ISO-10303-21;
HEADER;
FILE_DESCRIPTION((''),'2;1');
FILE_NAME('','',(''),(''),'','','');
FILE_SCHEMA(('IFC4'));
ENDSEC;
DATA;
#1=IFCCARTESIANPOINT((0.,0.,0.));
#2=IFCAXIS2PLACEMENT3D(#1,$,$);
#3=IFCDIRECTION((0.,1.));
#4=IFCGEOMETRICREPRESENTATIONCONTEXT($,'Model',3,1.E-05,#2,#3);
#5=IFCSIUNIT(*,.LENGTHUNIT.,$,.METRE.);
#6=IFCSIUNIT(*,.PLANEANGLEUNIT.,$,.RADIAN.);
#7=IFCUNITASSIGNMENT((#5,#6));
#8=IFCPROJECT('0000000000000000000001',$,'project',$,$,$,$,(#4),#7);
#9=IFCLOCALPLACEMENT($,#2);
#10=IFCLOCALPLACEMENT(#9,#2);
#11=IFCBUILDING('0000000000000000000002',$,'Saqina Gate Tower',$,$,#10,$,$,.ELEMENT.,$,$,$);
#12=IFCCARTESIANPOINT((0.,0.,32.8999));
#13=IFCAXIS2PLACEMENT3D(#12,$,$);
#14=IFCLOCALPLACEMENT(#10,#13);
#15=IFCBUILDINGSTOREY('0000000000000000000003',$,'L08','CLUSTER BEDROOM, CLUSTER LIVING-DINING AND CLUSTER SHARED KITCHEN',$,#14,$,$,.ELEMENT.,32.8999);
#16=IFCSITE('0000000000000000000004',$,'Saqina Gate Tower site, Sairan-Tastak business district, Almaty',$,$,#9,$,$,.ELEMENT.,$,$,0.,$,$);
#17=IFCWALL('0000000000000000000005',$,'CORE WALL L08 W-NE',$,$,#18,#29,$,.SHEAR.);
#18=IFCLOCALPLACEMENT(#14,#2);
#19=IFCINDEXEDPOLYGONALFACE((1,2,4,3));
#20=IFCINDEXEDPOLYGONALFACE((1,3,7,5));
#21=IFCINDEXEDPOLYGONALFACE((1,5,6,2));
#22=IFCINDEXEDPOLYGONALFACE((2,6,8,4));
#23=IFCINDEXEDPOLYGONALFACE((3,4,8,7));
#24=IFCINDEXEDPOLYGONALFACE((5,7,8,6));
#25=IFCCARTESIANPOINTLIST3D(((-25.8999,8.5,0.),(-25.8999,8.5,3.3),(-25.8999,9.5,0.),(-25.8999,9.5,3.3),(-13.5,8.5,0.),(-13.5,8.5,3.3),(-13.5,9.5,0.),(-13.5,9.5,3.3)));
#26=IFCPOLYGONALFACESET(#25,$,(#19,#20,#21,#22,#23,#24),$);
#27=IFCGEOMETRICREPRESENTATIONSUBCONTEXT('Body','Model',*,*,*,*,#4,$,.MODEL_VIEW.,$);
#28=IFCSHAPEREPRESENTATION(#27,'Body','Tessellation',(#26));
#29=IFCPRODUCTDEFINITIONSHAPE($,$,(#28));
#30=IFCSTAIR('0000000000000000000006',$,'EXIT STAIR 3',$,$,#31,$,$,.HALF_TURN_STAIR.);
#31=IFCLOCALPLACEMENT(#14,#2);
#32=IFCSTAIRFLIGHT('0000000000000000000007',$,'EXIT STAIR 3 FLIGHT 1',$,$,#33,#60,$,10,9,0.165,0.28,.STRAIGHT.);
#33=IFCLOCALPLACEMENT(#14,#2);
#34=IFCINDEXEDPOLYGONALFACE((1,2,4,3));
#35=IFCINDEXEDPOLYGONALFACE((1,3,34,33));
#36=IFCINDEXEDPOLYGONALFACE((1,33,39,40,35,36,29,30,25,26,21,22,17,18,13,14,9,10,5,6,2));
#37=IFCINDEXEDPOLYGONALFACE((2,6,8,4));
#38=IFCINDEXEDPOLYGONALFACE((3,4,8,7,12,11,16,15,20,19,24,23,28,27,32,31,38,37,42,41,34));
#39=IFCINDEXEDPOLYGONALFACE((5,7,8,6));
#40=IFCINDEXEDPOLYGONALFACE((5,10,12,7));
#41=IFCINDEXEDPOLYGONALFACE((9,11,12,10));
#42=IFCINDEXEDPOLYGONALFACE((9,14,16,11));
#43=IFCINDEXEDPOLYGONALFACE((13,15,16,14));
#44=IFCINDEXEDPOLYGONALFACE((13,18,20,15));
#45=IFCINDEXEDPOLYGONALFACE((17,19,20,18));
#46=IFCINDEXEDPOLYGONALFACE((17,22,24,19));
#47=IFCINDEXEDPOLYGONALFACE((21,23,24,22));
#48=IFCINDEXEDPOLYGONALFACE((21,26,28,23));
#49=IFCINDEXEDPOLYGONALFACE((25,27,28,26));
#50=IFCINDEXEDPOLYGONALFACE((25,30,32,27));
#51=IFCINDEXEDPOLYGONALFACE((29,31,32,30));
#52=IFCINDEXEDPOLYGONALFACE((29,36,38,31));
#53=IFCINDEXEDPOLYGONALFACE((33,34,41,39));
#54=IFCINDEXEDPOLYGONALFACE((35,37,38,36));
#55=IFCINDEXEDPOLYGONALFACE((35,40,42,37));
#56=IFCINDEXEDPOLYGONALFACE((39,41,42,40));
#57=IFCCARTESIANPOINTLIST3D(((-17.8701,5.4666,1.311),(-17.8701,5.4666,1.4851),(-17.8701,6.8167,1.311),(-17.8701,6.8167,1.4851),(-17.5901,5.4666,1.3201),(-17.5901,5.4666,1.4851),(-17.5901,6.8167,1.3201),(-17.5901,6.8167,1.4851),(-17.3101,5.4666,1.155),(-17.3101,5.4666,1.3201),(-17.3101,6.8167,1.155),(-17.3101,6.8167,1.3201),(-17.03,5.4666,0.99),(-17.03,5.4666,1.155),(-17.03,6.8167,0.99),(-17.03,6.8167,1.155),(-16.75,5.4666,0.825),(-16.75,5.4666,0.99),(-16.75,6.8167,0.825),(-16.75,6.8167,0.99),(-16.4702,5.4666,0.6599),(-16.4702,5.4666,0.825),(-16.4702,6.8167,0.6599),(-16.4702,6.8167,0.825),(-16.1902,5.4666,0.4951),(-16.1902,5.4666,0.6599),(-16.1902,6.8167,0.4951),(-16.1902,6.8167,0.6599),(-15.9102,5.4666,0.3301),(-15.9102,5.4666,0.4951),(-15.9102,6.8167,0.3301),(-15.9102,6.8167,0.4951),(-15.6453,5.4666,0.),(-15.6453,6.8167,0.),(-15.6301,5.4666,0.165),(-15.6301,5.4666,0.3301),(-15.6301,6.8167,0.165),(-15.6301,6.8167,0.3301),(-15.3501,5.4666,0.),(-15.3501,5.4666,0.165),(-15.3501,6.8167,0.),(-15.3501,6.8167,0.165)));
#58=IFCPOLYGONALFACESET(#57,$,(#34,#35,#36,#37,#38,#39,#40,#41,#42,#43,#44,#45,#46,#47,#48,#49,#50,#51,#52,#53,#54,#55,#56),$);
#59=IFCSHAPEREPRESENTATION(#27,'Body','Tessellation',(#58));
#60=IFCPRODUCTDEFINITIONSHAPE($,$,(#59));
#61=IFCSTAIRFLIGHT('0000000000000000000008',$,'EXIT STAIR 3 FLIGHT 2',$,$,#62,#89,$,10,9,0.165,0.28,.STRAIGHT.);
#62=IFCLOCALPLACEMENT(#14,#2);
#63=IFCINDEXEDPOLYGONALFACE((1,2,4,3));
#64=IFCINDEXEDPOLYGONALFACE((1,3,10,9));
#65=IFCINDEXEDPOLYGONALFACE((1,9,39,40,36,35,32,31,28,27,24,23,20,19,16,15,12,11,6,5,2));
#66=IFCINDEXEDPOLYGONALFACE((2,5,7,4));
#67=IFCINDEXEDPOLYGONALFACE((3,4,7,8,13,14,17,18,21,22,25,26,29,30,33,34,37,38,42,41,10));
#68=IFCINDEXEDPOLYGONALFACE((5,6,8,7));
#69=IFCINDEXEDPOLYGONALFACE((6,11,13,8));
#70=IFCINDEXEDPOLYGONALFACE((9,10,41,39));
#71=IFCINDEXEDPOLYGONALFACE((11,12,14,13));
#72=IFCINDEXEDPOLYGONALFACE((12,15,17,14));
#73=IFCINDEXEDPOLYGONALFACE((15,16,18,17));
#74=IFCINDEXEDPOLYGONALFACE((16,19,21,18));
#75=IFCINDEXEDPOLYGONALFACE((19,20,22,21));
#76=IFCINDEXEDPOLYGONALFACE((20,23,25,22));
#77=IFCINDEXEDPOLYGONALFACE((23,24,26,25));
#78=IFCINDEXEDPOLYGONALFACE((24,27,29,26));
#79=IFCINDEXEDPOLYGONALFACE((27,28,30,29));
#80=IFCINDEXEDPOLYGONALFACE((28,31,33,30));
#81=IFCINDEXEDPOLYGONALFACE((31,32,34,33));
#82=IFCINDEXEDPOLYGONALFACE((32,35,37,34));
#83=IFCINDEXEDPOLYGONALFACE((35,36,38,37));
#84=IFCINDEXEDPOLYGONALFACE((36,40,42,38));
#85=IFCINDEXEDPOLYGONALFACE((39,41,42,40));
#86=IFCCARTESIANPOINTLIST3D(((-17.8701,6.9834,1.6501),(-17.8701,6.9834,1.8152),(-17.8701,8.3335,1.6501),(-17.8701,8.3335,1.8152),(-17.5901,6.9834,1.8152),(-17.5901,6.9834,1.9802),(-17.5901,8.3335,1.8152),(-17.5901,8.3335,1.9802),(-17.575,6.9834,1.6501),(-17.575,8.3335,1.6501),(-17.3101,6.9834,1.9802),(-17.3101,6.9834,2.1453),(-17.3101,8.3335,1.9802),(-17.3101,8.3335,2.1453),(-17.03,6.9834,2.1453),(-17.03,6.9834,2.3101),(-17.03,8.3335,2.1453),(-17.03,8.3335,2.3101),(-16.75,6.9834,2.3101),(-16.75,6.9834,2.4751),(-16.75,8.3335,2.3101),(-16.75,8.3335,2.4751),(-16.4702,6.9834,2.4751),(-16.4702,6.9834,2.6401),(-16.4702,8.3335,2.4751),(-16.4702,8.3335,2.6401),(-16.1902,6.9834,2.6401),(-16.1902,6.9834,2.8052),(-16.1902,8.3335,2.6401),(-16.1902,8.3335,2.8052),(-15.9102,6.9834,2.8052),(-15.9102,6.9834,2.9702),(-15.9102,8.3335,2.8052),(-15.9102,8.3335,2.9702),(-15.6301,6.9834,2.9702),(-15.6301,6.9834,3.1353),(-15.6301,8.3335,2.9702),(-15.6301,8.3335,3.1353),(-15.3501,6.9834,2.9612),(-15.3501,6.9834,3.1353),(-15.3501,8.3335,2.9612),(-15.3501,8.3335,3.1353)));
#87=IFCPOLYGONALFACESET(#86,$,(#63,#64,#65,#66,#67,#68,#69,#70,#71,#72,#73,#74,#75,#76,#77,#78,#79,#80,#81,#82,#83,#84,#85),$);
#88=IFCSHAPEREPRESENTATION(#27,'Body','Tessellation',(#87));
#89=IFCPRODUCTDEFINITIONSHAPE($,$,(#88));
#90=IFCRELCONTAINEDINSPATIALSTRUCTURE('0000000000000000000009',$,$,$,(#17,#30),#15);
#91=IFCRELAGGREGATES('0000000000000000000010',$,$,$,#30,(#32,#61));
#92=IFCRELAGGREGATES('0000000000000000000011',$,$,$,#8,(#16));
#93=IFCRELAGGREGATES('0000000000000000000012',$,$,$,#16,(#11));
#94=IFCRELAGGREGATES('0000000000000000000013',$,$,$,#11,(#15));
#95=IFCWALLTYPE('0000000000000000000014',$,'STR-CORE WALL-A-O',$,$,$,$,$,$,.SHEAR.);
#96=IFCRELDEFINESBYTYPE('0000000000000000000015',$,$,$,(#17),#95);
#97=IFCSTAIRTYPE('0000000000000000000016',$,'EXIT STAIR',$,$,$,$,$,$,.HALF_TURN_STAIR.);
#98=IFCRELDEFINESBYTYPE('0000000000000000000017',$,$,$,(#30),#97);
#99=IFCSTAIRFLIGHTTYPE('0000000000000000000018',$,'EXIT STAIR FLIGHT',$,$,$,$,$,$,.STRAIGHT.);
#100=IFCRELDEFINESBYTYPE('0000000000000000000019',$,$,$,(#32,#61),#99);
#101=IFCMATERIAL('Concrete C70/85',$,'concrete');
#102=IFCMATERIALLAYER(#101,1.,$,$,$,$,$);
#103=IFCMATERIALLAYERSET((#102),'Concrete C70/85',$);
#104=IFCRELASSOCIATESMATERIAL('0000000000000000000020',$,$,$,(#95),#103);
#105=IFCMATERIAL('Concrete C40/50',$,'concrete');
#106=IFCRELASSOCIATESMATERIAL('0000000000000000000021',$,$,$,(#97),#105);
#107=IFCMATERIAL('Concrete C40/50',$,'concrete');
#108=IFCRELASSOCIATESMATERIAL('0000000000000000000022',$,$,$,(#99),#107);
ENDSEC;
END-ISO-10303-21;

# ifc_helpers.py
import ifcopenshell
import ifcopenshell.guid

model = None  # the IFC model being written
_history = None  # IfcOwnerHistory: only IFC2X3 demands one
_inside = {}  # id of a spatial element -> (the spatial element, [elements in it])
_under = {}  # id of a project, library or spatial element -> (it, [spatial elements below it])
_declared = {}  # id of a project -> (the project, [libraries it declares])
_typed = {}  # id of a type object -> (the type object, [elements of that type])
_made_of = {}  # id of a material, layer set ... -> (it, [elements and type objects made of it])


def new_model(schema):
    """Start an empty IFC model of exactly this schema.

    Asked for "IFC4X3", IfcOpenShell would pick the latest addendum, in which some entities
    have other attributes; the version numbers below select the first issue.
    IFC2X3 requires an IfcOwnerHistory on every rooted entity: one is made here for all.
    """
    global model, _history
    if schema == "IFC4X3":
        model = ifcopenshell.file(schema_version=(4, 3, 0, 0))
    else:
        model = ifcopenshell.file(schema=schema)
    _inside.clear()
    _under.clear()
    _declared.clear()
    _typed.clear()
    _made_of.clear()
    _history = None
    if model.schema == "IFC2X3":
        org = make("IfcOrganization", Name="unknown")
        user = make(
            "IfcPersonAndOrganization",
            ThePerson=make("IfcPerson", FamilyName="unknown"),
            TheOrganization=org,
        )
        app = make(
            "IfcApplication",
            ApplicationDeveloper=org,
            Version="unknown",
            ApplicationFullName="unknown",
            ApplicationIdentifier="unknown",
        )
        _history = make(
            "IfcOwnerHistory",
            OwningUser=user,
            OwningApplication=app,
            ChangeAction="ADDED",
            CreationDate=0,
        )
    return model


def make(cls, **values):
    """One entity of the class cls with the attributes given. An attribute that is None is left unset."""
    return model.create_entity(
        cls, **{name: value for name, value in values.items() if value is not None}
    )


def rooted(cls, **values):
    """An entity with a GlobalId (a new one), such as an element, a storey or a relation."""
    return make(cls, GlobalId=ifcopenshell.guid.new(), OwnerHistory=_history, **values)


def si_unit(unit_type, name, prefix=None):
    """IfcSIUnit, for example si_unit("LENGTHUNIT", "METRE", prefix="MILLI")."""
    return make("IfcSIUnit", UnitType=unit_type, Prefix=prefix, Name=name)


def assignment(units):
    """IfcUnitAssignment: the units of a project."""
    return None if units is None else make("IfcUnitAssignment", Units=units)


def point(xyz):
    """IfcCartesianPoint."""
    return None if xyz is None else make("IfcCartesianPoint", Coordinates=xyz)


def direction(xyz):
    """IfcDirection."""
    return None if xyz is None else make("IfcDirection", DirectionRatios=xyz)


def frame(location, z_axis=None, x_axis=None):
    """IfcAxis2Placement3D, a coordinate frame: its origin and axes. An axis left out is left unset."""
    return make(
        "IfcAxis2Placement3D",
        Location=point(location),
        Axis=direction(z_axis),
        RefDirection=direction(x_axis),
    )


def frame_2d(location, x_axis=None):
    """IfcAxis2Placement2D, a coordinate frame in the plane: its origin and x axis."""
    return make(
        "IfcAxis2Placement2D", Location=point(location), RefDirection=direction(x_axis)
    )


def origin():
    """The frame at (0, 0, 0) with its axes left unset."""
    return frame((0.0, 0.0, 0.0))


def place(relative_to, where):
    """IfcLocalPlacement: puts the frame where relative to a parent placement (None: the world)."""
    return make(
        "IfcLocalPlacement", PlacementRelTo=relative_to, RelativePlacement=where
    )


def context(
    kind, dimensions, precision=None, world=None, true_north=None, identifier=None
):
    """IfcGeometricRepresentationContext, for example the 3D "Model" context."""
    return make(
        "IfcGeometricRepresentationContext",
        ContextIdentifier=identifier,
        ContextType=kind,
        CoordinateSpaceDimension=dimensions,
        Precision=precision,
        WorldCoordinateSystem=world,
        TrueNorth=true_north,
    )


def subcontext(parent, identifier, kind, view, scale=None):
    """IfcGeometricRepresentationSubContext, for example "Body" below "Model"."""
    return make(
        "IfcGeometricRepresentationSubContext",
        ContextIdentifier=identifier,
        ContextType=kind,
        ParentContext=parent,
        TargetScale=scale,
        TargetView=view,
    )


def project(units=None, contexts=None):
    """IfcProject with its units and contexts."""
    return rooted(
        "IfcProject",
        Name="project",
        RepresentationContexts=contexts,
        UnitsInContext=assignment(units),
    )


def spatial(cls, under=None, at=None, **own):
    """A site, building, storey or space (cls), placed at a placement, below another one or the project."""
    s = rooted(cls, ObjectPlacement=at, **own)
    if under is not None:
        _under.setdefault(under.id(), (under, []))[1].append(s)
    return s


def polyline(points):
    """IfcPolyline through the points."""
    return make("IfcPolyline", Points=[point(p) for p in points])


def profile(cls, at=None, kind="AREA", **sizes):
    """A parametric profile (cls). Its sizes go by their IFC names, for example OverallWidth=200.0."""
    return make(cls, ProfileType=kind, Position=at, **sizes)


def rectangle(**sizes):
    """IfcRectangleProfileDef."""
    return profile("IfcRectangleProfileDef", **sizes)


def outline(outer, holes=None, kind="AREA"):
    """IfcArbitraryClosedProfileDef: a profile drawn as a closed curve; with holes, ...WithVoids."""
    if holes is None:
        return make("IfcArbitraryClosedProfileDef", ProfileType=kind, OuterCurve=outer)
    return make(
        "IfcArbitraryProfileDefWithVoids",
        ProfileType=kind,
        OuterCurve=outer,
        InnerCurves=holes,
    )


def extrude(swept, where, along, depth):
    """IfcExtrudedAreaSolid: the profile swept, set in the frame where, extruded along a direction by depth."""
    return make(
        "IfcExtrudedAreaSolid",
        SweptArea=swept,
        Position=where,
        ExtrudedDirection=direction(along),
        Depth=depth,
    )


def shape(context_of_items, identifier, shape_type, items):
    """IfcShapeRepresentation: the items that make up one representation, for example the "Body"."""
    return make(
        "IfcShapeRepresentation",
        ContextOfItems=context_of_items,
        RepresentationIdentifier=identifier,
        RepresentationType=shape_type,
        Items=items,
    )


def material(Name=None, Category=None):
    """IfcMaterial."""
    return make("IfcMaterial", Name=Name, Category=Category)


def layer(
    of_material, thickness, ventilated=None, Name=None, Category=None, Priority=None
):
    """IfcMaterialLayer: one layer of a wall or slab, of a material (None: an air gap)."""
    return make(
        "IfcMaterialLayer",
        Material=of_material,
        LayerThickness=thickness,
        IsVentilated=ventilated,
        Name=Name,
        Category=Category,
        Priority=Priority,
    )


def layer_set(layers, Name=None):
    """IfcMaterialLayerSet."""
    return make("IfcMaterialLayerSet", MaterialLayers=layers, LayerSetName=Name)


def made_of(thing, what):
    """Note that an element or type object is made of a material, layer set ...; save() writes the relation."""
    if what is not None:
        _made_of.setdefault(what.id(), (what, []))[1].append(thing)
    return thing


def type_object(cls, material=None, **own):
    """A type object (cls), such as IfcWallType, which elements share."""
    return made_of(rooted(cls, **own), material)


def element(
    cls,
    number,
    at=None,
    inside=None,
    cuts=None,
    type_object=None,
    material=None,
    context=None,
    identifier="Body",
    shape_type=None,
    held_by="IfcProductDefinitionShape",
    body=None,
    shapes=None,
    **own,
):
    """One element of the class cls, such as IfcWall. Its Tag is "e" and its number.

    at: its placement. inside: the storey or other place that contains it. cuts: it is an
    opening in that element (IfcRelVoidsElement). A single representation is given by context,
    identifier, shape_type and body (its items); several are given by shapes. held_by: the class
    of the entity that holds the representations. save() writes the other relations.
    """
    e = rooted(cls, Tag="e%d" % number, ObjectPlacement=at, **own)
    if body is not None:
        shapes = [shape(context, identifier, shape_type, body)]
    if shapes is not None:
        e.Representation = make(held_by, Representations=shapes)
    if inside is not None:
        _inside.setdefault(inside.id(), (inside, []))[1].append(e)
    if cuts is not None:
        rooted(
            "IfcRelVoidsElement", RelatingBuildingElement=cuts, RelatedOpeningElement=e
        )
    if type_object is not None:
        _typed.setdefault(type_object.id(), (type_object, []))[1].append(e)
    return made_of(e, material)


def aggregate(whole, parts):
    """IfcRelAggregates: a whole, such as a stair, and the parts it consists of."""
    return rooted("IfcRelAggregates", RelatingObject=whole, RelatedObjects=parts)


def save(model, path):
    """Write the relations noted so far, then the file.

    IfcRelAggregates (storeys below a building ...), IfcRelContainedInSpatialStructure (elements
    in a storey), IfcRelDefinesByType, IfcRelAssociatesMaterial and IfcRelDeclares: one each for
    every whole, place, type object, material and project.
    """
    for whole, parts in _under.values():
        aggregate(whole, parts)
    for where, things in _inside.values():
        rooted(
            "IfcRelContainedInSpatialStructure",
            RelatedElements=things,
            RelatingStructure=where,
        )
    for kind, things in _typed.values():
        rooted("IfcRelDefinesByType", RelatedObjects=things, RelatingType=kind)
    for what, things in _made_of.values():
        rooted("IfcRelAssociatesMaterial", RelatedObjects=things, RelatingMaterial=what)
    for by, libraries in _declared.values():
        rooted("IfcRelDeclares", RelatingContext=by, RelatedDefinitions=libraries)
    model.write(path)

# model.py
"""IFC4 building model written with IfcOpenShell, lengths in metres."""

from ifc_helpers import new_model, si_unit, direction, frame, frame_2d, origin, place, context, subcontext, project, spatial, polyline, rectangle, outline, extrude, material, layer, layer_set, type_object, element, aggregate, save


model = new_model("IFC4")

# Units and contexts
model_context = context("Model", 3, precision=1e-05, world=origin(), true_north=direction((0.0, 1.0)))
body_context = subcontext(model_context, "Body", "Model", "MODEL_VIEW")
ifc_project = project(units=[si_unit("LENGTHUNIT", "METRE"), si_unit("PLANEANGLEUNIT", "RADIAN")], contexts=[model_context])

# Site, building, storey
site_placement = place(None, origin())
site = spatial("IfcSite", under=ifc_project, at=site_placement, Name="Saqina Gate Tower site, Sairan-Tastak business district, Almaty", CompositionType="ELEMENT", RefElevation=0.0)
building_placement = place(site_placement, origin())
building = spatial("IfcBuilding", under=site, at=building_placement, Name="Saqina Gate Tower", CompositionType="ELEMENT")
storey_placement = place(building_placement, frame((0.0, 0.0, 32.8999)))
storey = spatial("IfcBuildingStorey", under=building, at=storey_placement, Name="L08", Description="CLUSTER BEDROOM, CLUSTER LIVING-DINING AND CLUSTER SHARED KITCHEN", CompositionType="ELEMENT", Elevation=32.8999)

# Wall
ifc_material_1 = material(Name="Concrete C70/85", Category="concrete")
ifc_layer_1 = layer(ifc_material_1, 1.0)
ifc_layer_set_1 = layer_set([ifc_layer_1], Name="Concrete C70/85")
wall_type_1 = type_object("IfcWallType", Name="STR-CORE WALL-A-O", PredefinedType="SHEAR", material=ifc_layer_set_1)
wall_1_placement = place(storey_placement, frame((-13.5, 9.0, 0.0), z_axis=(0.0, 0.0, 1.0), x_axis=(-1.0, 0.0, 0.0)))
element("IfcWall", 1, at=wall_1_placement, inside=storey, type_object=wall_type_1, Name="CORE WALL L08 W-NE", PredefinedType="SHEAR", context=body_context, shape_type="SweptSolid", body=[
    extrude(rectangle(XDim=12.3999, YDim=1.0, at=frame_2d((6.2, 0.0))), origin(), (0.0, 0.0, 1.0), 3.3),
])

# Stair, stair flights
ifc_material_2 = material(Name="Concrete C40/50", Category="concrete")
stair_type = type_object("IfcStairType", Name="EXIT STAIR", PredefinedType="HALF_TURN_STAIR", material=ifc_material_2)
stair_placement = place(storey_placement, origin())
stair = element("IfcStair", 2, at=stair_placement, inside=storey, type_object=stair_type, Name="EXIT STAIR 3", PredefinedType="HALF_TURN_STAIR")
ifc_material_3 = material(Name="Concrete C40/50", Category="concrete")
stair_flight_type = type_object("IfcStairFlightType", Name="EXIT STAIR FLIGHT", PredefinedType="STRAIGHT", material=ifc_material_3)
stair_flight_1_placement = place(storey_placement, frame((-15.3501, 6.1416, 0.0), z_axis=(0.0, 0.0, 1.0), x_axis=(-1.0, 0.0, 0.0)))
stair_flight_1 = element("IfcStairFlight", 3, at=stair_flight_1_placement, type_object=stair_flight_type, Name="EXIT STAIR 3 FLIGHT 1", NumberOfRisers=10, NumberOfTreads=9, PredefinedType="STRAIGHT", RiserHeight=0.165, TreadLength=0.28, context=body_context, shape_type="SweptSolid", body=[
    extrude(outline(polyline([(0.0, 0.0), (0.0, 0.165), (0.28, 0.165), (0.28, 0.3301), (0.5601, 0.3301), (0.5601, 0.4951), (0.8401, 0.4951), (0.8401, 0.6599), (1.1201, 0.6599), (1.1201, 0.825), (1.3999, 0.825), (1.3999, 0.99), (1.6799, 0.99), (1.6799, 1.155), (1.96, 1.155), (1.96, 1.3201), (2.24, 1.3201), (2.24, 1.4851), (2.52, 1.4851), (2.52, 1.6499), (2.52, 1.311), (0.2952, 0.0), (0.0, 0.0)])), frame((0.0, 0.675, 0.0), z_axis=(0.0, -1.0, 0.0), x_axis=(1.0, 0.0, 0.0)), (0.0, 0.0, 1.0), 1.3501),
])
stair_flight_2_placement = place(storey_placement, frame((-17.8701, 7.6584, 1.6501), z_axis=(0.0, 0.0, 1.0), x_axis=(1.0, 0.0, 0.0)))
stair_flight_2 = element("IfcStairFlight", 4, at=stair_flight_2_placement, type_object=stair_flight_type, Name="EXIT STAIR 3 FLIGHT 2", NumberOfRisers=10, NumberOfTreads=9, PredefinedType="STRAIGHT", RiserHeight=0.165, TreadLength=0.28, context=body_context, shape_type="SweptSolid", body=[
    extrude(outline(polyline([(0.0, 0.0), (0.0, 0.165), (0.28, 0.165), (0.28, 0.3301), (0.5601, 0.3301), (0.5601, 0.4951), (0.8401, 0.4951), (0.8401, 0.6599), (1.1201, 0.6599), (1.1201, 0.825), (1.3999, 0.825), (1.3999, 0.99), (1.6799, 0.99), (1.6799, 1.155), (1.96, 1.155), (1.96, 1.3201), (2.24, 1.3201), (2.24, 1.4851), (2.52, 1.4851), (2.52, 1.6499), (2.52, 1.311), (0.2952, 0.0), (0.0, 0.0)])), frame((0.0, 0.675, 0.0), z_axis=(0.0, -1.0, 0.0), x_axis=(1.0, 0.0, 0.0)), (0.0, 0.0, 1.0), 1.3501),
])
aggregate(stair, [stair_flight_1, stair_flight_2])

save(model, "model.ifc")
